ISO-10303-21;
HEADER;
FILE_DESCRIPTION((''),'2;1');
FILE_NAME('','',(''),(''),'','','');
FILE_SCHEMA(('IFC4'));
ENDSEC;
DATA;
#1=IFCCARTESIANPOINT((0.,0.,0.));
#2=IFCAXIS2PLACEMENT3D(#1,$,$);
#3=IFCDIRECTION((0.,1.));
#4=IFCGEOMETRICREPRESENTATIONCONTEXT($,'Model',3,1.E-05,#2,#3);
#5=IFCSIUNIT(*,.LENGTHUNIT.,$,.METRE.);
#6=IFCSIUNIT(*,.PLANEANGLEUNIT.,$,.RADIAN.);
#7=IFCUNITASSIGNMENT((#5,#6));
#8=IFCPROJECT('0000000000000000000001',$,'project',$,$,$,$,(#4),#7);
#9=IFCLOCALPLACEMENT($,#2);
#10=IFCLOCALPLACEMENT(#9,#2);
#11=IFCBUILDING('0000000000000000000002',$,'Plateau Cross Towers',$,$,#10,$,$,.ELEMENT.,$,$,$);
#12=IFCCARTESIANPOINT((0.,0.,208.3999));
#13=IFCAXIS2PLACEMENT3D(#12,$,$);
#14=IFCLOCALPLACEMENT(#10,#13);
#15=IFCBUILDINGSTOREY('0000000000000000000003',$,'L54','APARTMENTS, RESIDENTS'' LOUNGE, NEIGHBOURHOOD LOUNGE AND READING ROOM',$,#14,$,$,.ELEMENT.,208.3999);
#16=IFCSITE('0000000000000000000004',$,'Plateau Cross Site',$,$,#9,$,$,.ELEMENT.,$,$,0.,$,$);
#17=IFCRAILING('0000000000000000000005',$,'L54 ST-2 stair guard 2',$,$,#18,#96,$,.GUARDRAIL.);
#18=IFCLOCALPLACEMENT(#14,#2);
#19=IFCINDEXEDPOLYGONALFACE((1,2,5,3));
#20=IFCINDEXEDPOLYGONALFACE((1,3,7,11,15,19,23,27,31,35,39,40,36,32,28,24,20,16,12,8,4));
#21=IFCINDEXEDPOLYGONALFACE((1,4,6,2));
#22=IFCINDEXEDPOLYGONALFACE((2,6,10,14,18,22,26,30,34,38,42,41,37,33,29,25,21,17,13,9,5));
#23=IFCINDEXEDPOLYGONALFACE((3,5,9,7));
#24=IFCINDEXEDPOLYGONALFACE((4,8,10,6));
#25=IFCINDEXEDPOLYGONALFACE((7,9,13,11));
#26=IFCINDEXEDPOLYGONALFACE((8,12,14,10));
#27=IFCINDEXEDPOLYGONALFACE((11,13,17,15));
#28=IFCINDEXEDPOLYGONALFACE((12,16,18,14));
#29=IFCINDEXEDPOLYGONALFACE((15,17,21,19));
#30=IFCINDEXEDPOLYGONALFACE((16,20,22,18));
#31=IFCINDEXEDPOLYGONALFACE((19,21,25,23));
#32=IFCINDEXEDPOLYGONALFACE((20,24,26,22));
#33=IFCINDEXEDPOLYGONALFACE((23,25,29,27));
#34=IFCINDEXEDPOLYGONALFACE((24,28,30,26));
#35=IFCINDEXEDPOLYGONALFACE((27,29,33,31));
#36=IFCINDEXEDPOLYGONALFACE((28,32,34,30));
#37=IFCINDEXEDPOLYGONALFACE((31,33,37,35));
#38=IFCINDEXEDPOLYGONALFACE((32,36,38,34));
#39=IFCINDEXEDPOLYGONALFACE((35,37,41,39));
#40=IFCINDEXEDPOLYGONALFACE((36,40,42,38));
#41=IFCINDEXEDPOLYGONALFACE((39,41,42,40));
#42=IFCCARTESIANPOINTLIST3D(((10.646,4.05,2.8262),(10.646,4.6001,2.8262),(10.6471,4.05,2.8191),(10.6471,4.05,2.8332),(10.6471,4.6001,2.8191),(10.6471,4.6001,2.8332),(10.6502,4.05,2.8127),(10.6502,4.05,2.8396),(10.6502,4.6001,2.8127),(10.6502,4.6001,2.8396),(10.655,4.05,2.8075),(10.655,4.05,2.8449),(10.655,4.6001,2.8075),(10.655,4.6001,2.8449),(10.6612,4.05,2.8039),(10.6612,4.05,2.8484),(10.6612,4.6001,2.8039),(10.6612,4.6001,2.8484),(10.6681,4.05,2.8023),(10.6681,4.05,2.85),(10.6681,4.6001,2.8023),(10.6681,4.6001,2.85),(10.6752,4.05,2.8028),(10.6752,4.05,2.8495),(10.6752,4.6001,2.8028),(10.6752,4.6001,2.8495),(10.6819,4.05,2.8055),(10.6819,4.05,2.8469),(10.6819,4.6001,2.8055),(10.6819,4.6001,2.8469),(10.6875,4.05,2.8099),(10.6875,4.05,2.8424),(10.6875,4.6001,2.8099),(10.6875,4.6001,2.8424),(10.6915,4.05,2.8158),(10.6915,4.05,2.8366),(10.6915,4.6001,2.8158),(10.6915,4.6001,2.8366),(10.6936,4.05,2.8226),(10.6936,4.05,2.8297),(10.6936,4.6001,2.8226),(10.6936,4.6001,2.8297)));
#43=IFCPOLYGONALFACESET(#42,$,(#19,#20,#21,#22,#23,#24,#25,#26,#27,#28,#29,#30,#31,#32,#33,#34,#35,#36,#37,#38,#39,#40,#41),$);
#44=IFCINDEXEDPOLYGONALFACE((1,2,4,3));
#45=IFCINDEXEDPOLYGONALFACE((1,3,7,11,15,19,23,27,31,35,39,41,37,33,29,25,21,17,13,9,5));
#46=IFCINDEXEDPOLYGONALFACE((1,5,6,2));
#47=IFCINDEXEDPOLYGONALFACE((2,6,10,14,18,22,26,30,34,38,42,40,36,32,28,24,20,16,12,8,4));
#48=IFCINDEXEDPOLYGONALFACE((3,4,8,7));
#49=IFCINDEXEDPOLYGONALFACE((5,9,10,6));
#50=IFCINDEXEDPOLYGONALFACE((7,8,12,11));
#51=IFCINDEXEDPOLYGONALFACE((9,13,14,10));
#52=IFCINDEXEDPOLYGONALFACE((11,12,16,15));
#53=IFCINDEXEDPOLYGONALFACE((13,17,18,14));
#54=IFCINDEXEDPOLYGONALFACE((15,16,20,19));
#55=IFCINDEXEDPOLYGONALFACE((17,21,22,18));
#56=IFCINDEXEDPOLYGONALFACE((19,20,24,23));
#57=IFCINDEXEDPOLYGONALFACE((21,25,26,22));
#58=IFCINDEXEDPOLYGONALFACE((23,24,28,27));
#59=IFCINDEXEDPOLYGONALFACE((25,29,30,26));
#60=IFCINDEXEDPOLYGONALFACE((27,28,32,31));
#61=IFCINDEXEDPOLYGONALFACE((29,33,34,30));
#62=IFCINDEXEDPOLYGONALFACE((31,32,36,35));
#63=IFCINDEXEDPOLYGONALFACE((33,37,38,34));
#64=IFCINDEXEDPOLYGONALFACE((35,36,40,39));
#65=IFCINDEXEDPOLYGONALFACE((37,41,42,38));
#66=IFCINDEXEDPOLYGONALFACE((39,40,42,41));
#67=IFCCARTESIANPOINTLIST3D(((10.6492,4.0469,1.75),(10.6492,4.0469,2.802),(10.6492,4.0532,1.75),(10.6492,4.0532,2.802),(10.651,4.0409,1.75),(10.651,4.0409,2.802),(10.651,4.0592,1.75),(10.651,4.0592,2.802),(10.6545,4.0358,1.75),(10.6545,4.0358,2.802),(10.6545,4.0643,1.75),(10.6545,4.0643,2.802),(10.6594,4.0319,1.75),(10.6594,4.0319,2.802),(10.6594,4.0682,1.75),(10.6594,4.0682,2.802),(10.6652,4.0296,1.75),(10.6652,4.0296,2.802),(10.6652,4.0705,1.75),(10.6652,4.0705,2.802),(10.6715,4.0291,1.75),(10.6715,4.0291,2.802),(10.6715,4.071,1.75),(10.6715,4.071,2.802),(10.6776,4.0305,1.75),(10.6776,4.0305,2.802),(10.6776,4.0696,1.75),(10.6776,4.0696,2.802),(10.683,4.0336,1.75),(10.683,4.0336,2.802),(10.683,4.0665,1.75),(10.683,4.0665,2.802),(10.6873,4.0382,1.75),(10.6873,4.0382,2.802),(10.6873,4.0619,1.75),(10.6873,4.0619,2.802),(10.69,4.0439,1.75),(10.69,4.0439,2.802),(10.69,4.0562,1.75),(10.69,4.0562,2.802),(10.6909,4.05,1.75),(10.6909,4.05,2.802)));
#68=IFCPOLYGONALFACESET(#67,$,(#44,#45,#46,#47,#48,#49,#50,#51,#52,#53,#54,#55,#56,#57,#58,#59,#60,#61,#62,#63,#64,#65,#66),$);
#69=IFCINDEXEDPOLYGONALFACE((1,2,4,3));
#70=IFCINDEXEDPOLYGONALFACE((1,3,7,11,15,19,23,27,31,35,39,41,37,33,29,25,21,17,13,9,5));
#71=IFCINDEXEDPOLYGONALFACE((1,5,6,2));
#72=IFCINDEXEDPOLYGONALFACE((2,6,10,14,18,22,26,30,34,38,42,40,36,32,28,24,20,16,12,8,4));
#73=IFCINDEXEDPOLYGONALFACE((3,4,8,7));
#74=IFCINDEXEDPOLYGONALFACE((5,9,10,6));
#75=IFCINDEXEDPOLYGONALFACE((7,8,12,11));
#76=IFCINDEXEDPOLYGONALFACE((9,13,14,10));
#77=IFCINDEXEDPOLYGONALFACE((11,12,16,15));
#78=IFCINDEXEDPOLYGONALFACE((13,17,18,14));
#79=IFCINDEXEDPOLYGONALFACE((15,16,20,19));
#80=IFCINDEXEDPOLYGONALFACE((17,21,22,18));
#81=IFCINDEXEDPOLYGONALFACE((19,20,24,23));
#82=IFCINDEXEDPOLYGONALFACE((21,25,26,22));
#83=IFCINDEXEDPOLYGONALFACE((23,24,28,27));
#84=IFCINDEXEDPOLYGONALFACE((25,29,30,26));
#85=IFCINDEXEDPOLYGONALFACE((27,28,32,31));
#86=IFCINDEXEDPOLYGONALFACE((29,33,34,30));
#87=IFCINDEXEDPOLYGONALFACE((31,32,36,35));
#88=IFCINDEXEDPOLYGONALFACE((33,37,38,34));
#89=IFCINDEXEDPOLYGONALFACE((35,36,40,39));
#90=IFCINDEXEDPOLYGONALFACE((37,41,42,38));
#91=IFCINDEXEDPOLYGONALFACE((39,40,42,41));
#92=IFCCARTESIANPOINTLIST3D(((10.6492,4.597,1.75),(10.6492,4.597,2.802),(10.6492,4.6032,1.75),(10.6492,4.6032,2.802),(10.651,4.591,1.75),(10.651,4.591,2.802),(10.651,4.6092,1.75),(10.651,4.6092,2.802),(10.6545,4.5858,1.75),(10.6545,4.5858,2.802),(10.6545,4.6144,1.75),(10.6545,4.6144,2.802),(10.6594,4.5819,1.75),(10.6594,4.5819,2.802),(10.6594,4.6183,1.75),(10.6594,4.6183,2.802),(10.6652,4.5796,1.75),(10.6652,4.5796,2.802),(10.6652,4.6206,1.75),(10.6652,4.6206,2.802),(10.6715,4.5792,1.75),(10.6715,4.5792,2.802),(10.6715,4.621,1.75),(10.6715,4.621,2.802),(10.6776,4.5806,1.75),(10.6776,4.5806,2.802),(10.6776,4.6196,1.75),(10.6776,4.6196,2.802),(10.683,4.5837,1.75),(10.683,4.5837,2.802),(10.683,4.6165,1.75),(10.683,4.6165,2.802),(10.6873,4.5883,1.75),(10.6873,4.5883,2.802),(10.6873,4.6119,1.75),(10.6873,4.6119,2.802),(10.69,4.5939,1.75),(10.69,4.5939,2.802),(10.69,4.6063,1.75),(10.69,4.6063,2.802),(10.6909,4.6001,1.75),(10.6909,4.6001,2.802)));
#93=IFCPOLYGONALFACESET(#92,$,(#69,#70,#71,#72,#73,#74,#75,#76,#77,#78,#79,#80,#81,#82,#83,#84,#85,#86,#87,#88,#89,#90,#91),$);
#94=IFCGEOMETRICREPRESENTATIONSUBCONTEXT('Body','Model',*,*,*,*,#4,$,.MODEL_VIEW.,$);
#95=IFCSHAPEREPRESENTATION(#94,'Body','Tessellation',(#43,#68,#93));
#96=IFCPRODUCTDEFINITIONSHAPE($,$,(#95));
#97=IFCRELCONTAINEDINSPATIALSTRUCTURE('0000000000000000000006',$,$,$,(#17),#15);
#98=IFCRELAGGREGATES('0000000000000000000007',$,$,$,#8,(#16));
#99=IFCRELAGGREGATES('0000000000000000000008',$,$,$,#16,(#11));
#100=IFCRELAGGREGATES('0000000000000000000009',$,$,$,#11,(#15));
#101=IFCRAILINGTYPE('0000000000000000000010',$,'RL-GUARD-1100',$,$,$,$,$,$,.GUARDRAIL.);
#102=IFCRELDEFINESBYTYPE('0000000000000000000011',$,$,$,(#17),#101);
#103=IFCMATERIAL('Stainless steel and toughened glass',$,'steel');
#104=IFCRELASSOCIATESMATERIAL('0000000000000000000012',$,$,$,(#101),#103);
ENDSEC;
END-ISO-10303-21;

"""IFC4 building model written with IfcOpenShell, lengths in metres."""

from ifc_helpers import new_model, si_unit, direction, frame, origin, origin_2d, place, context, subcontext, project, spatial, circle, extrude, material, type_object, element, save


model = new_model("IFC4")

# Units and contexts
model_context = context("Model", 3, precision=1e-05, world=origin(), true_north=direction((0.0, 1.0)))
body_context = subcontext(model_context, "Body", "Model", "MODEL_VIEW")
ifc_project = project(units=[si_unit("LENGTHUNIT", "METRE"), si_unit("PLANEANGLEUNIT", "RADIAN")], contexts=[model_context])

# Site, building, storey
site_placement = place(None, origin())
site = spatial("IfcSite", under=ifc_project, at=site_placement, Name="Plateau Cross Site", CompositionType="ELEMENT", RefElevation=0.0)
building_placement = place(site_placement, origin())
building = spatial("IfcBuilding", under=site, at=building_placement, Name="Plateau Cross Towers", CompositionType="ELEMENT")
storey_placement = place(building_placement, frame((0.0, 0.0, 208.3999)))
storey = spatial("IfcBuildingStorey", under=building, at=storey_placement, Name="L54", Description="APARTMENTS, RESIDENTS' LOUNGE, NEIGHBOURHOOD LOUNGE AND READING ROOM", CompositionType="ELEMENT", Elevation=208.3999)

# Railing
ifc_material_1 = material(Name="Stainless steel and toughened glass", Category="steel")
railing_type_1 = type_object("IfcRailingType", Name="RL-GUARD-1100", PredefinedType="GUARDRAIL", material=ifc_material_1)
railing_1_placement = place(storey_placement, frame((10.6699, 4.05, 1.75)))
element("IfcRailing", 1, at=railing_1_placement, inside=storey, type_object=railing_type_1, Name="L54 ST-2 stair guard 2", PredefinedType="GUARDRAIL", context=body_context, shape_type="SweptSolid", body=[
    extrude(circle(Radius=0.0239, at=origin_2d()), frame((0.0, 0.0, 1.0762), z_axis=(0.0, 1.0, 0.0), x_axis=(-1.0, 0.0, 0.0)), (0.0, 0.0, 1.0), 0.55),
    extrude(circle(Radius=0.021, at=origin_2d()), origin(), (0.0, 0.0, 1.0), 1.052),
    extrude(circle(Radius=0.021, at=origin_2d()), frame((0.0, 0.55, 0.0)), (0.0, 0.0, 1.0), 1.052),
])

save(model, "model.ifc")
